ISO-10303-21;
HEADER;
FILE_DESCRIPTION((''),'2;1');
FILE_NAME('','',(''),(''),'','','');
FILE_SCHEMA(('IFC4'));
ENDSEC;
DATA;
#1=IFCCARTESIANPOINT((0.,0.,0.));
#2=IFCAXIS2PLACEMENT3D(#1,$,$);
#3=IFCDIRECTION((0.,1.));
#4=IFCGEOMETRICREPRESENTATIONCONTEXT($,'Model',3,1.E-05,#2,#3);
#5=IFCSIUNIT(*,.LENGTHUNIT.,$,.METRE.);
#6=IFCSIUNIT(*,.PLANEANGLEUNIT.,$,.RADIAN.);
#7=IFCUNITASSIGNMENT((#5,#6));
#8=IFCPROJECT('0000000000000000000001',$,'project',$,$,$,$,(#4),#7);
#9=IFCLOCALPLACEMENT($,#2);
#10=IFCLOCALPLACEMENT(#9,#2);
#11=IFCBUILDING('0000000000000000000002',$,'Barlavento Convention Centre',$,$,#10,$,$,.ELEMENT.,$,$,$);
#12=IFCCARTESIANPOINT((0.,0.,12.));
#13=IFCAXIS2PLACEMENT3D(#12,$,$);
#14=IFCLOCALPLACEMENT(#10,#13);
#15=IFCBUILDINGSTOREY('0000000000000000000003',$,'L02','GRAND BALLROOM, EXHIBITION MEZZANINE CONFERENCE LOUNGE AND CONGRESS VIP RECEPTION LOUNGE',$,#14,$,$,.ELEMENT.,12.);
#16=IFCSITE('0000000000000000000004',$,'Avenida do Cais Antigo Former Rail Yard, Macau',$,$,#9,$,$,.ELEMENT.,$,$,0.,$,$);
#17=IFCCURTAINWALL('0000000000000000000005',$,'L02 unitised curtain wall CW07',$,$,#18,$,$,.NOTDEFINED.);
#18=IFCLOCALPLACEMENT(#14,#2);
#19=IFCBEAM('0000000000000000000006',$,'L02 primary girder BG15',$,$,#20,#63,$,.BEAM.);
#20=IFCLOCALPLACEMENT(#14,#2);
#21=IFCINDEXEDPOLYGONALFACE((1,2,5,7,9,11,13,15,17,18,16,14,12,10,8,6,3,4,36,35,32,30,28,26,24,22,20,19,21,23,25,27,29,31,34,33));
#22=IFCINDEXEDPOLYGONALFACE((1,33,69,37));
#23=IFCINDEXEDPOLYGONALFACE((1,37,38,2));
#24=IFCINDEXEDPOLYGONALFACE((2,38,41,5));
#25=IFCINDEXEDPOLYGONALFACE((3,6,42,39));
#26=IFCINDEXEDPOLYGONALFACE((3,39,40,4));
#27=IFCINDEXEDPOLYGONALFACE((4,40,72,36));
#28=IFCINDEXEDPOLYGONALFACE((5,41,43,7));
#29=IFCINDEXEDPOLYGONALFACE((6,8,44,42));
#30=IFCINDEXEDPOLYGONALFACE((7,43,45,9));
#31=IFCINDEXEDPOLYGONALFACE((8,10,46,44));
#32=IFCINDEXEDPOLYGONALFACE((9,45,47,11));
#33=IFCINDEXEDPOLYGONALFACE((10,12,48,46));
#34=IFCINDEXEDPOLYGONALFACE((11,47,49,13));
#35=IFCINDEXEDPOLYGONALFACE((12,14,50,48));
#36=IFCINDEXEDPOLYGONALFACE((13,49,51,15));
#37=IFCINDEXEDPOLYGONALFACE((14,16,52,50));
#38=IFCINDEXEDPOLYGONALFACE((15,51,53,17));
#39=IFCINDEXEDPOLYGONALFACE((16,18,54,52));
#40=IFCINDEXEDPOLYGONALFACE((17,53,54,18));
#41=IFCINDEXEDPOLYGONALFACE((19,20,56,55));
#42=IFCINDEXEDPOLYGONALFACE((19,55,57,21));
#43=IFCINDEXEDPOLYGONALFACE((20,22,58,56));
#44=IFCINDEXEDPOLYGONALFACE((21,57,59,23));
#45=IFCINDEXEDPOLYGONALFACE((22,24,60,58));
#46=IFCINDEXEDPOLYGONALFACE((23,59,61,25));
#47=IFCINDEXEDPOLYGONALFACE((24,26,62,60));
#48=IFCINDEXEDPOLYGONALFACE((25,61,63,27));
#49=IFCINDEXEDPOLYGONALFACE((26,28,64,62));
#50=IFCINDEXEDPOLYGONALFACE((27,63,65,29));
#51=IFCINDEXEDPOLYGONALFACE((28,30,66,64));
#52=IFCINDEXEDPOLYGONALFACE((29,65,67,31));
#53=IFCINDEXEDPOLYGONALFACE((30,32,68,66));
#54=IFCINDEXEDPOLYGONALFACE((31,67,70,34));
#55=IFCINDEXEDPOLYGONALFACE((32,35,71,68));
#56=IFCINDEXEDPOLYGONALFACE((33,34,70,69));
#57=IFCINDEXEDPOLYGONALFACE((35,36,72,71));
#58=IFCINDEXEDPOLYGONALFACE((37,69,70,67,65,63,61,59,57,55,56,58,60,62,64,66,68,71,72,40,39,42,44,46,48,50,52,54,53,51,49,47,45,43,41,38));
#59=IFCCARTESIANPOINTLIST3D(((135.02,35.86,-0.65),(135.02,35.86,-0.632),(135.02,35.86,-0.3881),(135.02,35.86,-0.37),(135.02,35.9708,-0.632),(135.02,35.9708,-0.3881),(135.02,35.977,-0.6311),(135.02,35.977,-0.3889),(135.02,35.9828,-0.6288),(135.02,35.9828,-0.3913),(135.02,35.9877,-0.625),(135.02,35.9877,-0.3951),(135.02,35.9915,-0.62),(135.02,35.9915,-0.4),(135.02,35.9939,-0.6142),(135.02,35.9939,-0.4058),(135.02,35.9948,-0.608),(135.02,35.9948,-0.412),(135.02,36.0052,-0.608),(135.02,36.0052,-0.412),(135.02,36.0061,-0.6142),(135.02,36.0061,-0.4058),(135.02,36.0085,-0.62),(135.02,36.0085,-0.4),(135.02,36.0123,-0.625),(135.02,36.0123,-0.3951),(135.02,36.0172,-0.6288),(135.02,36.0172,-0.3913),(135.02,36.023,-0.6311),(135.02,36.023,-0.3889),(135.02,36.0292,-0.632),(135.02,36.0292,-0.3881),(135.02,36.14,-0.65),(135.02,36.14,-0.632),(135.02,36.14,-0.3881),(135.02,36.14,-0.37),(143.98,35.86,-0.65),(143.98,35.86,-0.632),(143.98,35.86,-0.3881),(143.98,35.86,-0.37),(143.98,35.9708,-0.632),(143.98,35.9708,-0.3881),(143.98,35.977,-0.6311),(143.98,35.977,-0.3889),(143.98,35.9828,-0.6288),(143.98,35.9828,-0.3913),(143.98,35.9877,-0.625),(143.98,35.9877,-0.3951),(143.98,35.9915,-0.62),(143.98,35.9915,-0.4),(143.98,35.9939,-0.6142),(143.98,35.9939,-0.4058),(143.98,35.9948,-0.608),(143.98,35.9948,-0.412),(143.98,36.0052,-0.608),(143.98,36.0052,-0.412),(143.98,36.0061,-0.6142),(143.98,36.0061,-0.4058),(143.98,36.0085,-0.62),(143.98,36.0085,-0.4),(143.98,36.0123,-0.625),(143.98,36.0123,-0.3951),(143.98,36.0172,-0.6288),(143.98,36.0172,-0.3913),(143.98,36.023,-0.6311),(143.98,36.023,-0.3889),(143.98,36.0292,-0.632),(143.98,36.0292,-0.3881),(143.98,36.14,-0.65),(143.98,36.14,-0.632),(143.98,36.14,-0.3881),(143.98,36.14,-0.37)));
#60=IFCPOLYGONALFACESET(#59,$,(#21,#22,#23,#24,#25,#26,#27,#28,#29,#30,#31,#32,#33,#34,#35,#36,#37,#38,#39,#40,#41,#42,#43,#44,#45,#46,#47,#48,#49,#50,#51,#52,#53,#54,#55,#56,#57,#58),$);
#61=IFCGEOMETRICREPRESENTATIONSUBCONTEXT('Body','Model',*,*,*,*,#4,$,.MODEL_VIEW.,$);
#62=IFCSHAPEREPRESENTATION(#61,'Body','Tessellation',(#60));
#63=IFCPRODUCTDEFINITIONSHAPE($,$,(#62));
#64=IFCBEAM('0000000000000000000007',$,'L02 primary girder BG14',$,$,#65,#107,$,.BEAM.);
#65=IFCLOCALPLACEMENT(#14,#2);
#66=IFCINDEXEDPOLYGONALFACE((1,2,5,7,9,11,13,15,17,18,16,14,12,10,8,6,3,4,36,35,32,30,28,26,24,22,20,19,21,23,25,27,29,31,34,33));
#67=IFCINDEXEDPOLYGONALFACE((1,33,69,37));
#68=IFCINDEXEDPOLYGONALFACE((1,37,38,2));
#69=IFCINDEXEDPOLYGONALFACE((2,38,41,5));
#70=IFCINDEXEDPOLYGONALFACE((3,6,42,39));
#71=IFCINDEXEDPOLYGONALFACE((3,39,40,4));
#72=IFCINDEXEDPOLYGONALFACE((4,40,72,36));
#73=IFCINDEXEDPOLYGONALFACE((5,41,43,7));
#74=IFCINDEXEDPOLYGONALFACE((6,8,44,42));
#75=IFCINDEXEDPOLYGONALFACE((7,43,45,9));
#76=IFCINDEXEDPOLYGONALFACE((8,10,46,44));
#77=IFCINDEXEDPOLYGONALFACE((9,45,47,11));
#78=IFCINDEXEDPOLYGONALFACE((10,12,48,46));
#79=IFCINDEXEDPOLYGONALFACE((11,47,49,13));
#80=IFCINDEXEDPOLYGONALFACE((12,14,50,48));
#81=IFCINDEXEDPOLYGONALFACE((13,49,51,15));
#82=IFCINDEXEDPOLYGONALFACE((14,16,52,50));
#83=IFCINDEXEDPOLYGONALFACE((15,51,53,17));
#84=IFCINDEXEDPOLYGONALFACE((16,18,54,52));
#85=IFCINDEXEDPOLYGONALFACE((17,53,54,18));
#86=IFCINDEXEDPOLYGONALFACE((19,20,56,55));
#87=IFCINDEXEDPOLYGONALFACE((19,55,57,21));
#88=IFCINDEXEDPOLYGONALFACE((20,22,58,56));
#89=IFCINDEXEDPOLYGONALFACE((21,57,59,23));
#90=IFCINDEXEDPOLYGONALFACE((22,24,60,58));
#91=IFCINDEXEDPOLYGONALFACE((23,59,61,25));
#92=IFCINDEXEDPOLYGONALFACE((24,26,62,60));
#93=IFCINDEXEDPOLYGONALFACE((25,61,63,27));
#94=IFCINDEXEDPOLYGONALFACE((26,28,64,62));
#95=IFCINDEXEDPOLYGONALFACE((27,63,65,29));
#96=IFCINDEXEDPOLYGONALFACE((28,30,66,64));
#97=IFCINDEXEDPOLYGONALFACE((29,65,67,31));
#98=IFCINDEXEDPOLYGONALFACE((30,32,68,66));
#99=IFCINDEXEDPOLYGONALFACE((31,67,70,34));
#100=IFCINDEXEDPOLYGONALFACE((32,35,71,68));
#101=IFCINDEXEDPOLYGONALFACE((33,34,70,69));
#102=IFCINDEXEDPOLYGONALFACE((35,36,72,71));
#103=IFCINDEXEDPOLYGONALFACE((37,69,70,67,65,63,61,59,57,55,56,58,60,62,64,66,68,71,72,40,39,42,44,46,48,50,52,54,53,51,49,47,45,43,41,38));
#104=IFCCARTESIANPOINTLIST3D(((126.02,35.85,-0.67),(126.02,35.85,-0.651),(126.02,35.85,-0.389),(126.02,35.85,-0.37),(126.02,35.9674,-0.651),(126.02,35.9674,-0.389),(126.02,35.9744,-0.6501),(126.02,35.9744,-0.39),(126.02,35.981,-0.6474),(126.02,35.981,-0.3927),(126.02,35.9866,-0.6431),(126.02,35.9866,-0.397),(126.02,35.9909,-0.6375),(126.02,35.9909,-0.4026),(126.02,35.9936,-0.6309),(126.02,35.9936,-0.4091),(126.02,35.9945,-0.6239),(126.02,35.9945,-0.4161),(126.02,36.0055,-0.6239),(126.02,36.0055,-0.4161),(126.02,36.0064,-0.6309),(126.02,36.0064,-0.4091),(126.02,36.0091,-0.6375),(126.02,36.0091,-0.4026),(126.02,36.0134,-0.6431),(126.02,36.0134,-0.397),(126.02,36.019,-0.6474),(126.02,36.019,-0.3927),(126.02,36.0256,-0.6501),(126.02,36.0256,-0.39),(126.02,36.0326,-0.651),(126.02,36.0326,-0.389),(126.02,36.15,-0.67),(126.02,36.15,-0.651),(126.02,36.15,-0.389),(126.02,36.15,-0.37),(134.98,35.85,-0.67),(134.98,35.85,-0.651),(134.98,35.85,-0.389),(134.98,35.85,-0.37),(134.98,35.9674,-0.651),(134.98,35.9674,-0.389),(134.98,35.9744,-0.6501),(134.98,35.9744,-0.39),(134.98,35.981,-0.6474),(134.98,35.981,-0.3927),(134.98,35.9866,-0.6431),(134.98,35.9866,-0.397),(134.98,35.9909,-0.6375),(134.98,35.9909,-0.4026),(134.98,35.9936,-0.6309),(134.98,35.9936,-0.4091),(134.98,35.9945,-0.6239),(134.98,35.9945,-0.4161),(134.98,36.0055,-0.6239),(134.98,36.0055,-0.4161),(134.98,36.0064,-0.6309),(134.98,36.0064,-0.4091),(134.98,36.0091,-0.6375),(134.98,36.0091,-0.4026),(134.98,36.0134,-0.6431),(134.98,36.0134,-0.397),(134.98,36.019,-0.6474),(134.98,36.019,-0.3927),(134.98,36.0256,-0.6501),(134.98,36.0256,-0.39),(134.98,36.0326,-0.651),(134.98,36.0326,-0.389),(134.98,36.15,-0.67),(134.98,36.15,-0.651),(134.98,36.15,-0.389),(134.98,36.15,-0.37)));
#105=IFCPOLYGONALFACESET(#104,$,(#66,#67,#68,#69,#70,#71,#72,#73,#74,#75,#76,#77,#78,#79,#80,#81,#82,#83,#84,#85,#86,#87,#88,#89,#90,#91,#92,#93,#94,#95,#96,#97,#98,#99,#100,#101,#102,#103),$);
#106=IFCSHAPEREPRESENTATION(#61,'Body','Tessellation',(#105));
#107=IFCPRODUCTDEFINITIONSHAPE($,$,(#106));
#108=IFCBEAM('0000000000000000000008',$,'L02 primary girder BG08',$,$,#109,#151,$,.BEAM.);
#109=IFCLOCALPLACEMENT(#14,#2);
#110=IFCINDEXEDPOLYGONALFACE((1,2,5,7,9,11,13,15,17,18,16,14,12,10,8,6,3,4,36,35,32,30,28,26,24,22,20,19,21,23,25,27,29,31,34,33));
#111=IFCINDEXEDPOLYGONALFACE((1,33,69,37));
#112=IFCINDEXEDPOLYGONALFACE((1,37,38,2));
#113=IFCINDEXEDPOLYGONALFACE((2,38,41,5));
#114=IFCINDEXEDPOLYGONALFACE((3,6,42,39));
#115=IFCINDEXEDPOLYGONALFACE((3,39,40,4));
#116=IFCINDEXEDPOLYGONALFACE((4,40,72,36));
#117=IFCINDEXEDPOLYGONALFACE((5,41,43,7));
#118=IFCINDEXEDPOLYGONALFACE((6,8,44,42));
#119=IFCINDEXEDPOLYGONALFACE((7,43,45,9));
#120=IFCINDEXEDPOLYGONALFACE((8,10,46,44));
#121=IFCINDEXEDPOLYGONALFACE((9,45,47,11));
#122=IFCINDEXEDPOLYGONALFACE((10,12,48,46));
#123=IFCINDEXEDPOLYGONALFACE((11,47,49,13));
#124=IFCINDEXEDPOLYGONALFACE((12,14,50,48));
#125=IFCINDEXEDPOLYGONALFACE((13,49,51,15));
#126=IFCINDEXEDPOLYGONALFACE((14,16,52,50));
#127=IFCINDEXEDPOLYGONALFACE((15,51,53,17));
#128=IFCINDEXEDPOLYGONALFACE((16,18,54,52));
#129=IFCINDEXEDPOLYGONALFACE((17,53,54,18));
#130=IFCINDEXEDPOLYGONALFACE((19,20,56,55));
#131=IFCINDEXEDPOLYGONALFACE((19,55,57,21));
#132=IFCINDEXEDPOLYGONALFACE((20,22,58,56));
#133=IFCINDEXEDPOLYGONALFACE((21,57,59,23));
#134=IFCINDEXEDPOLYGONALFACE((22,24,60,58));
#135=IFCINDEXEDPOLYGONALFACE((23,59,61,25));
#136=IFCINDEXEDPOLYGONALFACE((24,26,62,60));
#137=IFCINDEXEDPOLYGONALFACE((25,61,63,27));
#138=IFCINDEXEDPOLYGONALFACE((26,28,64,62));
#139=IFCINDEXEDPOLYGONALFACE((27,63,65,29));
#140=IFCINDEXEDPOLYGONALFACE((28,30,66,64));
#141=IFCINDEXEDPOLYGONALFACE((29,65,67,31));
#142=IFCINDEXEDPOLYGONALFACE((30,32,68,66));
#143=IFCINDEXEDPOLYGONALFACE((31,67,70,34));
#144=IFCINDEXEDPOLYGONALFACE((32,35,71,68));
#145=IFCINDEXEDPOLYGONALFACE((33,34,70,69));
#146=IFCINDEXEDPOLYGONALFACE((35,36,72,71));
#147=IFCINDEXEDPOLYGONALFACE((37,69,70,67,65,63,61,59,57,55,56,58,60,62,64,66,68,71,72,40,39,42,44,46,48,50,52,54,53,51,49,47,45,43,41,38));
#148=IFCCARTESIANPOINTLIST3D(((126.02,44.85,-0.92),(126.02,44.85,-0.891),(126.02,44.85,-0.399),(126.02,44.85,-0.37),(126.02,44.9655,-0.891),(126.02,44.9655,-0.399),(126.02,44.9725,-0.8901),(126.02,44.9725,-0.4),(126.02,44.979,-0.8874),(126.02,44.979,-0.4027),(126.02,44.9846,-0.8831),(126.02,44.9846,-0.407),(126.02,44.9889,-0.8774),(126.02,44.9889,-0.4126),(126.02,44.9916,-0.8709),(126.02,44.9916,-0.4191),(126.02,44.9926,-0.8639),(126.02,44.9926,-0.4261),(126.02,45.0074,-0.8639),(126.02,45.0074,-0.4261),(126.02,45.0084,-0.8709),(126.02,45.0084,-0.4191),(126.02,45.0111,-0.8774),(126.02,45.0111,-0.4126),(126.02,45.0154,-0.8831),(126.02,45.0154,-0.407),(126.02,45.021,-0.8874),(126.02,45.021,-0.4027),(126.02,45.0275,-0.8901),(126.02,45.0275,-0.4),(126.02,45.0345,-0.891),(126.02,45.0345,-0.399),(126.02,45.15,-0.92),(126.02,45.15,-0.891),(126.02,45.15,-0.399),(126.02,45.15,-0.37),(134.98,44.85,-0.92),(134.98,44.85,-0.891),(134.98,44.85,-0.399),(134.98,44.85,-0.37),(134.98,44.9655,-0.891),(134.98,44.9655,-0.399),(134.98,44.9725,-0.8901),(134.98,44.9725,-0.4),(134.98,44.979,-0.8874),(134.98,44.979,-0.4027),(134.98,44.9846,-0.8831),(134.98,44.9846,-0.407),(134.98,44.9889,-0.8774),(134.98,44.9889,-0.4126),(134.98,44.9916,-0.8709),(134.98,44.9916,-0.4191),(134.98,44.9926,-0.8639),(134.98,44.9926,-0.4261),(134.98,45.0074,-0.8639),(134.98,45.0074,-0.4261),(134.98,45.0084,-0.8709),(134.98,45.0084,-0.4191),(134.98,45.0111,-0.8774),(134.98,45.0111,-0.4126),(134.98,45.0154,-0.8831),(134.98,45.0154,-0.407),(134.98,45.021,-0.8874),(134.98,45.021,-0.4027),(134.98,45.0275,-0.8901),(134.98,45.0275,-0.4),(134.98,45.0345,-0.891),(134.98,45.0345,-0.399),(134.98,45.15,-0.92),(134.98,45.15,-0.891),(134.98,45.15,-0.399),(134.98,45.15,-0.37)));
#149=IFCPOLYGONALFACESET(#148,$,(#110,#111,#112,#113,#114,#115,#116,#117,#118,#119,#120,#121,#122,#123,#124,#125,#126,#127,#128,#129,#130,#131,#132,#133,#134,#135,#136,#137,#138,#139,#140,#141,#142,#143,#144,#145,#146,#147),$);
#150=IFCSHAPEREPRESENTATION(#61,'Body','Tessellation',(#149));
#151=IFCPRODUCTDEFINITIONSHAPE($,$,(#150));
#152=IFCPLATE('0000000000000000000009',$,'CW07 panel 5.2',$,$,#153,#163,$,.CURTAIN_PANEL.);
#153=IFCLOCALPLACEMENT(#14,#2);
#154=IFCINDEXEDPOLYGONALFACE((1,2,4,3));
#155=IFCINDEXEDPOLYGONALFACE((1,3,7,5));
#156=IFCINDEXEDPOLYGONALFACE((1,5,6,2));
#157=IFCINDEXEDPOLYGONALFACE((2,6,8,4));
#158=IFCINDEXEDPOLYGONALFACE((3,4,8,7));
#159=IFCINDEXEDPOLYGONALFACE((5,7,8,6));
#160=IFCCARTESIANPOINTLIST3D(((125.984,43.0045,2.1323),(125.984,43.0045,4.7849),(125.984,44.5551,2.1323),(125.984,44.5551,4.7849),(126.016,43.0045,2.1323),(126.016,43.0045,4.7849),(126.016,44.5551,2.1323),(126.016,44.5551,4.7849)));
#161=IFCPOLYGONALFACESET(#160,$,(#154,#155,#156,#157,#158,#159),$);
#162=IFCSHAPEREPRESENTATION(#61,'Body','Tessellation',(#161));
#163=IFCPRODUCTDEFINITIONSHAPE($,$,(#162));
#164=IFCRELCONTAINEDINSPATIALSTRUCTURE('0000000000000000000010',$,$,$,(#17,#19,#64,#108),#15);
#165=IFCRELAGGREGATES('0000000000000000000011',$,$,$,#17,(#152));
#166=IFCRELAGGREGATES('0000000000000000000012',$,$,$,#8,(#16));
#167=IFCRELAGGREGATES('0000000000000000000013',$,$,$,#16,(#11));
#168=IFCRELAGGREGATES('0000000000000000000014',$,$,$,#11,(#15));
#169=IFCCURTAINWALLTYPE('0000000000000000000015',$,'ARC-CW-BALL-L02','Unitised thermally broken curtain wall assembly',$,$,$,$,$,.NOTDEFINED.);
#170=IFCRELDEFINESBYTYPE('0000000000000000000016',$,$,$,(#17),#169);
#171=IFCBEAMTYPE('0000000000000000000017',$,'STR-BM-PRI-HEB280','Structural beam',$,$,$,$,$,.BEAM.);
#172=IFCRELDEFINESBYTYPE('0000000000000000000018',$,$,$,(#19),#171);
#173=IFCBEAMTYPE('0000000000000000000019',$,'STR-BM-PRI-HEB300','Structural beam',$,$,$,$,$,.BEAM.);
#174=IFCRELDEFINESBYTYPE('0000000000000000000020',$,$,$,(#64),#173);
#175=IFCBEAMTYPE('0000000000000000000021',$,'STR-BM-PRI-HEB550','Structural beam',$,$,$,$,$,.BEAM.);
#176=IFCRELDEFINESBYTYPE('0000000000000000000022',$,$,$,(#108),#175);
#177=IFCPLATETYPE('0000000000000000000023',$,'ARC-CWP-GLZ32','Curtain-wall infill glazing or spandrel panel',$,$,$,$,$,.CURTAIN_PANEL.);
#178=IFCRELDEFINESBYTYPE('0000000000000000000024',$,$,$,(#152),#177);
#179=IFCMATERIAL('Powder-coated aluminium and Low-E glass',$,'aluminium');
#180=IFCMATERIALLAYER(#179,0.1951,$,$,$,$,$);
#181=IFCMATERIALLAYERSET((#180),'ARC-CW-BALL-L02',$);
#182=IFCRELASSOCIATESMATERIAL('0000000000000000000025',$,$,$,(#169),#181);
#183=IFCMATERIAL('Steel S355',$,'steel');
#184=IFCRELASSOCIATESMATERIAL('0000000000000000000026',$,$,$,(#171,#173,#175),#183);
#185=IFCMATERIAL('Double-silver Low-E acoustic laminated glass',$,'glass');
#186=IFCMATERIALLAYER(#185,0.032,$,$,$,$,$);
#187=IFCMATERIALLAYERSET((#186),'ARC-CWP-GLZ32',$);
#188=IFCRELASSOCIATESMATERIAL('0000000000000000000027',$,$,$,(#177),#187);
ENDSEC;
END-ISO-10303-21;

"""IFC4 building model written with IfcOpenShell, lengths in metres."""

from ifc_helpers import new_model, si_unit, direction, frame, origin, origin_2d, place, context, subcontext, project, spatial, rectangle, i_section, extrude, material, layer, layer_set, material_profile, profile_set, type_object, element, aggregate, save


model = new_model("IFC4")

# Units and contexts
model_context = context("Model", 3, precision=1e-05, world=origin(), true_north=direction((0.0, 1.0)))
body_context = subcontext(model_context, "Body", "Model", "MODEL_VIEW")
ifc_project = project(units=[si_unit("LENGTHUNIT", "METRE"), si_unit("PLANEANGLEUNIT", "RADIAN")], contexts=[model_context])

# Site, building, storey
site_placement = place(None, origin())
site = spatial("IfcSite", under=ifc_project, at=site_placement, Name="Avenida do Cais Antigo Former Rail Yard, Macau", CompositionType="ELEMENT", RefElevation=0.0)
building_placement = place(site_placement, origin())
building = spatial("IfcBuilding", under=site, at=building_placement, Name="Barlavento Convention Centre", CompositionType="ELEMENT")
storey_placement = place(building_placement, frame((0.0, 0.0, 12.0)))
storey = spatial("IfcBuildingStorey", under=building, at=storey_placement, Name="L02", Description="GRAND BALLROOM, EXHIBITION MEZZANINE CONFERENCE LOUNGE AND CONGRESS VIP RECEPTION LOUNGE", CompositionType="ELEMENT", Elevation=12.0)

# Shared definitions
ifc_material_1 = material(Name="Steel S355", Category="steel")

# Curtain wall
ifc_material_2 = material(Name="Powder-coated aluminium and Low-E glass", Category="aluminium")
ifc_layer_1 = layer(ifc_material_2, 0.1951)
ifc_layer_set_1 = layer_set([ifc_layer_1], Name="ARC-CW-BALL-L02")
curtain_wall_type = type_object("IfcCurtainWallType", Name="ARC-CW-BALL-L02", Description="Unitised thermally broken curtain wall assembly", PredefinedType="NOTDEFINED", material=ifc_layer_set_1)
curtain_wall_placement = place(storey_placement, origin())
curtain_wall = element("IfcCurtainWall", 1, at=curtain_wall_placement, inside=storey, type_object=curtain_wall_type, Name="L02 unitised curtain wall CW07", PredefinedType="NOTDEFINED")

# Beams
ifc_material_profile_1 = material_profile(ifc_material_1, i_section(OverallWidth=0.28, OverallDepth=0.28, WebThickness=0.0105, FlangeThickness=0.0181, FilletRadius=0.0239, at=origin_2d()), Name="HEB 280")
ifc_profile_set_1 = profile_set([ifc_material_profile_1], Name="Steel S355")
beam_type_1 = type_object("IfcBeamType", Name="STR-BM-PRI-HEB280", Description="Structural beam", PredefinedType="BEAM", material=ifc_profile_set_1)
beam_1_placement = place(storey_placement, frame((135.02, 36.0, -0.51), z_axis=(1.0, 0.0, 0.0), x_axis=(0.0, 1.0, 0.0)))
element("IfcBeam", 2, at=beam_1_placement, inside=storey, type_object=beam_type_1, Name="L02 primary girder BG15", PredefinedType="BEAM", context=body_context, shape_type="SweptSolid", body=[
    extrude(i_section(OverallWidth=0.28, OverallDepth=0.28, WebThickness=0.0105, FlangeThickness=0.0181, FilletRadius=0.0239, at=origin_2d()), origin(), (0.0, 0.0, 1.0), 8.96),
])
ifc_material_profile_2 = material_profile(ifc_material_1, i_section(OverallWidth=0.3, OverallDepth=0.3, WebThickness=0.011, FlangeThickness=0.019, FilletRadius=0.0271, at=origin_2d()), Name="HEB 300")
ifc_profile_set_2 = profile_set([ifc_material_profile_2], Name="Steel S355")
beam_type_2 = type_object("IfcBeamType", Name="STR-BM-PRI-HEB300", Description="Structural beam", PredefinedType="BEAM", material=ifc_profile_set_2)
beam_2_placement = place(storey_placement, frame((126.02, 36.0, -0.52), z_axis=(1.0, 0.0, 0.0), x_axis=(0.0, 1.0, 0.0)))
element("IfcBeam", 3, at=beam_2_placement, inside=storey, type_object=beam_type_2, Name="L02 primary girder BG14", PredefinedType="BEAM", context=body_context, shape_type="SweptSolid", body=[
    extrude(i_section(OverallWidth=0.3, OverallDepth=0.3, WebThickness=0.011, FlangeThickness=0.019, FilletRadius=0.0271, at=origin_2d()), origin(), (0.0, 0.0, 1.0), 8.96),
])
ifc_material_profile_3 = material_profile(ifc_material_1, i_section(OverallWidth=0.3, OverallDepth=0.55, WebThickness=0.0149, FlangeThickness=0.0291, FilletRadius=0.0271, at=origin_2d()), Name="HEB 550")
ifc_profile_set_3 = profile_set([ifc_material_profile_3], Name="Steel S355")
beam_type_3 = type_object("IfcBeamType", Name="STR-BM-PRI-HEB550", Description="Structural beam", PredefinedType="BEAM", material=ifc_profile_set_3)
beam_3_placement = place(storey_placement, frame((126.02, 45.0, -0.645), z_axis=(1.0, 0.0, 0.0), x_axis=(0.0, 1.0, 0.0)))
element("IfcBeam", 4, at=beam_3_placement, inside=storey, type_object=beam_type_3, Name="L02 primary girder BG08", PredefinedType="BEAM", context=body_context, shape_type="SweptSolid", body=[
    extrude(i_section(OverallWidth=0.3, OverallDepth=0.55, WebThickness=0.0149, FlangeThickness=0.0291, FilletRadius=0.0271, at=origin_2d()), origin(), (0.0, 0.0, 1.0), 8.96),
])

# Plate
ifc_material_3 = material(Name="Double-silver Low-E acoustic laminated glass", Category="glass")
ifc_layer_2 = layer(ifc_material_3, 0.032)
ifc_layer_set_2 = layer_set([ifc_layer_2], Name="ARC-CWP-GLZ32")
plate_type = type_object("IfcPlateType", Name="ARC-CWP-GLZ32", Description="Curtain-wall infill glazing or spandrel panel", PredefinedType="CURTAIN_PANEL", material=ifc_layer_set_2)
plate_placement = place(storey_placement, frame((126.0, 43.7798, 2.1323), z_axis=(0.0, 0.0, 1.0), x_axis=(0.0, 1.0, 0.0)))
plate = element("IfcPlate", 5, at=plate_placement, type_object=plate_type, Name="CW07 panel 5.2", PredefinedType="CURTAIN_PANEL", context=body_context, shape_type="SweptSolid", body=[
    extrude(rectangle(XDim=1.5505, YDim=0.032, at=origin_2d()), origin(), (0.0, 0.0, 1.0), 2.6526),
])
aggregate(curtain_wall, [plate])

save(model, "model.ifc")
